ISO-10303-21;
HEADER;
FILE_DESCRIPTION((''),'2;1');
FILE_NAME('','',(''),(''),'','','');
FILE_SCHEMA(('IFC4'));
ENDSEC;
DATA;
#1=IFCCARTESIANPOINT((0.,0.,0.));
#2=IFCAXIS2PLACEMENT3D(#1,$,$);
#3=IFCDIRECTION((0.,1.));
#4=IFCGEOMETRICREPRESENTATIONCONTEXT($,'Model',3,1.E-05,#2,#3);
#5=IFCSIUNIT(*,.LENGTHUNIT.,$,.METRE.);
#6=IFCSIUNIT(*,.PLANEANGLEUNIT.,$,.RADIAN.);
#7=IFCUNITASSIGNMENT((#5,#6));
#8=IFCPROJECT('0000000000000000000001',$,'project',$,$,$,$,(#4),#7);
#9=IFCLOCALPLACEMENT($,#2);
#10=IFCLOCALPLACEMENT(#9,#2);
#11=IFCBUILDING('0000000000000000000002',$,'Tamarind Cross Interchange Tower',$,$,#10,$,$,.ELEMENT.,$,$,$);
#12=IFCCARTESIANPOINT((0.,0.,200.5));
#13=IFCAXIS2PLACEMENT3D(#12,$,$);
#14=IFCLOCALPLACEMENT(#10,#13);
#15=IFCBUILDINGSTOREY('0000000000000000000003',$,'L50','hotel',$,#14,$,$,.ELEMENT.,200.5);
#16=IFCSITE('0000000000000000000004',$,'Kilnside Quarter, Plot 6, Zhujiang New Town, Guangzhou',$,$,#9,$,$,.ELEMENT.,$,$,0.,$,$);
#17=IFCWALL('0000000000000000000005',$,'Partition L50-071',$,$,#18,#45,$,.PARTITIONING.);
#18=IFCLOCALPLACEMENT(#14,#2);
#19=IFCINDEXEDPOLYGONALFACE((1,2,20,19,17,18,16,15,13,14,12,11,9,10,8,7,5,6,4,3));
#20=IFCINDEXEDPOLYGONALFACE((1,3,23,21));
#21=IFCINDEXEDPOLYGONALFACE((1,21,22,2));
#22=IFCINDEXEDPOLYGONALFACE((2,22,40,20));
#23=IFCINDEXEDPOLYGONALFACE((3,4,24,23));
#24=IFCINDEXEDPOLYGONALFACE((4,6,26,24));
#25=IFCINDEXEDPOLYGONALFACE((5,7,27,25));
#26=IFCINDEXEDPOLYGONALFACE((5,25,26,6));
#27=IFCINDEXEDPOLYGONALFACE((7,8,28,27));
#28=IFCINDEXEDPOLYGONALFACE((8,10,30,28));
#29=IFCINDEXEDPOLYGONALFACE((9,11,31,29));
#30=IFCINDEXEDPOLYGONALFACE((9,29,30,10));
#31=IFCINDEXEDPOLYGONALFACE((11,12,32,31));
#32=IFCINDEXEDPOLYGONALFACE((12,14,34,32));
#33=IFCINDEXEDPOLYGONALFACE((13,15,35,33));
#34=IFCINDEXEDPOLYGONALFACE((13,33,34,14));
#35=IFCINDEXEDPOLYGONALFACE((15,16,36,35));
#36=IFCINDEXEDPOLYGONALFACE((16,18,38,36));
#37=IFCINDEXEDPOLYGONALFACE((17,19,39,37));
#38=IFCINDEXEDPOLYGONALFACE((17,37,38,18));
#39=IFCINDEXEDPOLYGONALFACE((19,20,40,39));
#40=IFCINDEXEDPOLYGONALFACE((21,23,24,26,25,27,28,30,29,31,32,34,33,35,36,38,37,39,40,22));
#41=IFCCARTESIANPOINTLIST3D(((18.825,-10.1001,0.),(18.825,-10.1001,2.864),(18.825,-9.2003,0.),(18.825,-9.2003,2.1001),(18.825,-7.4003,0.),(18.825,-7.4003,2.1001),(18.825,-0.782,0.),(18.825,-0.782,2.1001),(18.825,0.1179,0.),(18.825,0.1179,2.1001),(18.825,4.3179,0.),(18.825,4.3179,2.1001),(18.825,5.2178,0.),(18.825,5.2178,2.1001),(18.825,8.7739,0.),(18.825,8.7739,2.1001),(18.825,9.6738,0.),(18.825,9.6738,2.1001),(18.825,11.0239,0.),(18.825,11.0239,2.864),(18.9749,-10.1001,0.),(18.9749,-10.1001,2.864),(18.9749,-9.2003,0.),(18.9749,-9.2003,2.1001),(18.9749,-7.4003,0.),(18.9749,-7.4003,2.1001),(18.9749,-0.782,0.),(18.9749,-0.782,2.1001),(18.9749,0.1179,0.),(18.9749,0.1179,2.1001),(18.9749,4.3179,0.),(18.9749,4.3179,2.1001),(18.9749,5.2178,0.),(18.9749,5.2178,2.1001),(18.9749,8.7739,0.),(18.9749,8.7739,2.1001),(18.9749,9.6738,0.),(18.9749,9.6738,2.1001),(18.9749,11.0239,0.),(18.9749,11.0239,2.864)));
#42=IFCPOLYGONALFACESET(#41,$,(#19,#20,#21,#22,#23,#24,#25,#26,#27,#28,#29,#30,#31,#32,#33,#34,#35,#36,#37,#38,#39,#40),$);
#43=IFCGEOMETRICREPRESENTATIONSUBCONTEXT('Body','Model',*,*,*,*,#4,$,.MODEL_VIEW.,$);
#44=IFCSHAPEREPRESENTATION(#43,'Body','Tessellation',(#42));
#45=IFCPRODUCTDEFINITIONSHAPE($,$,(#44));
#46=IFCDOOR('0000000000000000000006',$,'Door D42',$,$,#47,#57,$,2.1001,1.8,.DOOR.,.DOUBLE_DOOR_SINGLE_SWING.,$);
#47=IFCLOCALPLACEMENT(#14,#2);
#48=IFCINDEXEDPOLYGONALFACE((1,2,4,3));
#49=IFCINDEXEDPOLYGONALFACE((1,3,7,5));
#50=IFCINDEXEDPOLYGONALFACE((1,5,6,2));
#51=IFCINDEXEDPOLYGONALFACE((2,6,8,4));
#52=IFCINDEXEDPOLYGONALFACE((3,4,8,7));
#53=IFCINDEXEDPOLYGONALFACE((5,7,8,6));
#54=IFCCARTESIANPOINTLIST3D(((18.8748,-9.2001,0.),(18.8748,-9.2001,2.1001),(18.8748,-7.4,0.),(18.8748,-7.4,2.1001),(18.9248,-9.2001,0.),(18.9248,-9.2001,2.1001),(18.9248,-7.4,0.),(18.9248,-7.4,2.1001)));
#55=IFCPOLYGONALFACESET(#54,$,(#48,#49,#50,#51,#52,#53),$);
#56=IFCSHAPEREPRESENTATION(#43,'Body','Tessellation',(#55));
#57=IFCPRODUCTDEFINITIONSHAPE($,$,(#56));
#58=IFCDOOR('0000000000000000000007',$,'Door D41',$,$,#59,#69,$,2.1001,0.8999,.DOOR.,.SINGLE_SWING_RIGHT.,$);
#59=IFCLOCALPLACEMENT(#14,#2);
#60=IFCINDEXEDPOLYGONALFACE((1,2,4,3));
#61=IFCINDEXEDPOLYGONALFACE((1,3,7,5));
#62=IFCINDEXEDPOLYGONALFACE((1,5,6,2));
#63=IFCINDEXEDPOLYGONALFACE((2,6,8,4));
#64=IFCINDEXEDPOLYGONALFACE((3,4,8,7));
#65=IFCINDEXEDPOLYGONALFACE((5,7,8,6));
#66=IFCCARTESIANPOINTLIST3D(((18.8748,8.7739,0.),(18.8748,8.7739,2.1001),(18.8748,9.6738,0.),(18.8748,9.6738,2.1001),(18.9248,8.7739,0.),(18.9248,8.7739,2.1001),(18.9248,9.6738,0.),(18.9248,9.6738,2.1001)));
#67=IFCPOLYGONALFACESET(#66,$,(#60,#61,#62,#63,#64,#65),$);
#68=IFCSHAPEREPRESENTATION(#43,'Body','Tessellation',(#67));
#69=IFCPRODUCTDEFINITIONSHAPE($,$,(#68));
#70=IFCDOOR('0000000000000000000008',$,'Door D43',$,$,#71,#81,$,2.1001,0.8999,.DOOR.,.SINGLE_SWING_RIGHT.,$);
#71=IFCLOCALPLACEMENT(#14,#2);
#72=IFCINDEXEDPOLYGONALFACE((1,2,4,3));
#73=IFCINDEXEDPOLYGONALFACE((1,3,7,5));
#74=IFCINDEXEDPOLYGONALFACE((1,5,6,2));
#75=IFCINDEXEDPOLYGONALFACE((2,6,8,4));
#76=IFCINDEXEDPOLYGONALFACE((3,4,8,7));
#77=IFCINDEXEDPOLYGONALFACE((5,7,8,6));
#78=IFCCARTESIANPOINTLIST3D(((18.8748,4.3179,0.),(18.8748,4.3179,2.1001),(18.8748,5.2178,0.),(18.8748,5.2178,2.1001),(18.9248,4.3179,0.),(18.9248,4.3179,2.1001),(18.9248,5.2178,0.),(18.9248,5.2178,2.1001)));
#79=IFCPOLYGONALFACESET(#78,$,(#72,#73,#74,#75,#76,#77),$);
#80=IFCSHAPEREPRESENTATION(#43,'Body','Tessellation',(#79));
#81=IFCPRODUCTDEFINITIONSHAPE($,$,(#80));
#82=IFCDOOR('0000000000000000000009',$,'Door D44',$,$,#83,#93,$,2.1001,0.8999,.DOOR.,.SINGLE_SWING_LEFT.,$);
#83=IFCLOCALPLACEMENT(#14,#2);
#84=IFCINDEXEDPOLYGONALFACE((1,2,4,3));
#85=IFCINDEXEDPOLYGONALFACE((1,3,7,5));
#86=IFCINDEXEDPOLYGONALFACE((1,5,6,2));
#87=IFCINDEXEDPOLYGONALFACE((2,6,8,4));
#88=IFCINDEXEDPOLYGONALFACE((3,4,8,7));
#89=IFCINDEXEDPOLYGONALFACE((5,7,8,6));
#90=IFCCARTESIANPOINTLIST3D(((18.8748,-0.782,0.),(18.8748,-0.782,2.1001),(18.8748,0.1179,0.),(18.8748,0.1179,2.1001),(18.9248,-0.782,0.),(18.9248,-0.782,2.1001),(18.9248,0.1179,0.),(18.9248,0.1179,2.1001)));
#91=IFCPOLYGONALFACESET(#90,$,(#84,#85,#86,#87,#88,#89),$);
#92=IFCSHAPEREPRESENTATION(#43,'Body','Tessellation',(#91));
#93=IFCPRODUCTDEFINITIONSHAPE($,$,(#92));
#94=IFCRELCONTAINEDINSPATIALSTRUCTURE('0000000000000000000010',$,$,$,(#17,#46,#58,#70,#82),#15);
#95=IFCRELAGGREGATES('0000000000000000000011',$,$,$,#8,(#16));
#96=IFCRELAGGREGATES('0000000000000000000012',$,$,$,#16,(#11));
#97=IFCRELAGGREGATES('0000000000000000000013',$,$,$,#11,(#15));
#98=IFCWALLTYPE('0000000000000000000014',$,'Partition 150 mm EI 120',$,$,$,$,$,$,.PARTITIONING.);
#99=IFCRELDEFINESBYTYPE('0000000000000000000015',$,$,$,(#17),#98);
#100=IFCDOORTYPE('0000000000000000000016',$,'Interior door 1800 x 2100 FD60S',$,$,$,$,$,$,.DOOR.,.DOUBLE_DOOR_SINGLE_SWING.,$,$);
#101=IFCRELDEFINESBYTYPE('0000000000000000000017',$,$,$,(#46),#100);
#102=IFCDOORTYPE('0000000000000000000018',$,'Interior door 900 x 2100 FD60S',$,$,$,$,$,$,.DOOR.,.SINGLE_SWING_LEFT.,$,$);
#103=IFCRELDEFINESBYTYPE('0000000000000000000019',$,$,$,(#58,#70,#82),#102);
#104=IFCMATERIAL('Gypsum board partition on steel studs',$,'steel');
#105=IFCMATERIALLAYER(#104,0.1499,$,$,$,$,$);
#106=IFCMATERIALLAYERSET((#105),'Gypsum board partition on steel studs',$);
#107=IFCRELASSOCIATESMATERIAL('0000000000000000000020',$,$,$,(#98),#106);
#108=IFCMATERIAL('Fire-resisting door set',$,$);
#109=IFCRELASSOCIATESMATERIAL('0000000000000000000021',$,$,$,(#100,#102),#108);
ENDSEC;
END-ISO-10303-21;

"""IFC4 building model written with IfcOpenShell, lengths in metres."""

from ifc_helpers import new_model, si_unit, direction, frame, frame_2d, origin, place, context, subcontext, project, spatial, rectangle, extrude, material, layer, layer_set, type_object, element, fill, save


model = new_model("IFC4")

# Units and contexts
model_context = context("Model", 3, precision=1e-05, world=origin(), true_north=direction((0.0, 1.0)))
body_context = subcontext(model_context, "Body", "Model", "MODEL_VIEW")
ifc_project = project(units=[si_unit("LENGTHUNIT", "METRE"), si_unit("PLANEANGLEUNIT", "RADIAN")], contexts=[model_context])

# Site, building, storey
site_placement = place(None, origin())
site = spatial("IfcSite", under=ifc_project, at=site_placement, Name="Kilnside Quarter, Plot 6, Zhujiang New Town, Guangzhou", CompositionType="ELEMENT", RefElevation=0.0)
building_placement = place(site_placement, origin())
building = spatial("IfcBuilding", under=site, at=building_placement, Name="Tamarind Cross Interchange Tower", CompositionType="ELEMENT")
storey_placement = place(building_placement, frame((0.0, 0.0, 200.5)))
storey = spatial("IfcBuildingStorey", under=building, at=storey_placement, Name="L50", Description="hotel", CompositionType="ELEMENT", Elevation=200.5)

# Shared definitions
ifc_material_1 = material(Name="Gypsum board partition on steel studs", Category="steel")
ifc_layer_1 = layer(ifc_material_1, 0.1499)
ifc_layer_set_1 = layer_set([ifc_layer_1], Name="Gypsum board partition on steel studs")
wall_type_1 = type_object("IfcWallType", Name="Partition 150 mm EI 120", PredefinedType="PARTITIONING", material=ifc_layer_set_1)

# Wall, openings, doors
wall_1_placement = place(storey_placement, frame((18.8999, -10.1001, 0.0), z_axis=(0.0, 0.0, 1.0), x_axis=(0.0, 1.0, 0.0)))
wall_1 = element("IfcWall", 1, at=wall_1_placement, inside=storey, type_object=wall_type_1, Name="Partition L50-071", PredefinedType="PARTITIONING", context=body_context, shape_type="SweptSolid", body=[
    extrude(rectangle(XDim=21.124, YDim=0.1499, at=frame_2d((10.562, 0.0))), origin(), (0.0, 0.0, 1.0), 2.864),
])
opening_1_placement = place(wall_1_placement, frame((18.874, 0.0, 0.0)))
opening_1 = element("IfcOpeningElement", 2, at=opening_1_placement, cuts=wall_1, PredefinedType="OPENING", context=body_context, shape_type="SweptSolid", body=[
    extrude(rectangle(XDim=0.8999, YDim=2.1001, at=frame_2d((0.45, 1.05))), frame((0.0, 0.085, 0.0), z_axis=(0.0, -1.0, 0.0), x_axis=(1.0, 0.0, 0.0)), (0.0, 0.0, 1.0), 0.1699),
])
opening_2_placement = place(wall_1_placement, frame((0.8999, 0.0, 0.0)))
opening_2 = element("IfcOpeningElement", 3, at=opening_2_placement, cuts=wall_1, PredefinedType="OPENING", context=body_context, shape_type="SweptSolid", body=[
    extrude(rectangle(XDim=1.8, YDim=2.1001, at=frame_2d((0.8999, 1.05))), frame((0.0, 0.085, 0.0), z_axis=(0.0, -1.0, 0.0), x_axis=(1.0, 0.0, 0.0)), (0.0, 0.0, 1.0), 0.1699),
])
opening_3_placement = place(wall_1_placement, frame((14.418, 0.0, 0.0)))
opening_3 = element("IfcOpeningElement", 4, at=opening_3_placement, cuts=wall_1, PredefinedType="OPENING", context=body_context, shape_type="SweptSolid", body=[
    extrude(rectangle(XDim=0.8999, YDim=2.1001, at=frame_2d((0.45, 1.05))), frame((0.0, 0.085, 0.0), z_axis=(0.0, -1.0, 0.0), x_axis=(1.0, 0.0, 0.0)), (0.0, 0.0, 1.0), 0.1699),
])
opening_4_placement = place(wall_1_placement, frame((9.3181, 0.0, 0.0)))
opening_4 = element("IfcOpeningElement", 5, at=opening_4_placement, cuts=wall_1, PredefinedType="OPENING", context=body_context, shape_type="SweptSolid", body=[
    extrude(rectangle(XDim=0.8999, YDim=2.1001, at=frame_2d((0.45, 1.05))), frame((0.0, 0.085, 0.0), z_axis=(0.0, -1.0, 0.0), x_axis=(1.0, 0.0, 0.0)), (0.0, 0.0, 1.0), 0.1699),
])
ifc_material_2 = material(Name="Fire-resisting door set")
door_type_1 = type_object("IfcDoorType", Name="Interior door 1800 x 2100 FD60S", OperationType="DOUBLE_DOOR_SINGLE_SWING", PredefinedType="DOOR", material=ifc_material_2)
door_1_placement = place(opening_2_placement, frame((1.8, 0.0, 0.0), z_axis=(0.0, 0.0, 1.0), x_axis=(-1.0, 0.0, 0.0)))
door_1 = element("IfcDoor", 6, at=door_1_placement, inside=storey, type_object=door_type_1, Name="Door D42", OperationType="DOUBLE_DOOR_SINGLE_SWING", OverallHeight=2.1001, OverallWidth=1.8, PredefinedType="DOOR", context=body_context, shape_type="SweptSolid", body=[
    extrude(rectangle(XDim=1.8, YDim=2.1001, at=frame_2d((0.8999, 1.05))), frame((0.0, 0.0249, 0.0), z_axis=(0.0, -1.0, 0.0), x_axis=(1.0, 0.0, 0.0)), (0.0, 0.0, 1.0), 0.05),
])
fill(opening_2, door_1)
door_type_2 = type_object("IfcDoorType", Name="Interior door 900 x 2100 FD60S", OperationType="SINGLE_SWING_LEFT", PredefinedType="DOOR", material=ifc_material_2)
door_2_placement = place(opening_1_placement, frame((0.8999, 0.0, 0.0), z_axis=(0.0, 0.0, 1.0), x_axis=(-1.0, 0.0, 0.0)))
door_2 = element("IfcDoor", 7, at=door_2_placement, inside=storey, type_object=door_type_2, Name="Door D41", OperationType="SINGLE_SWING_RIGHT", OverallHeight=2.1001, OverallWidth=0.8999, PredefinedType="DOOR", context=body_context, shape_type="SweptSolid", body=[
    extrude(rectangle(XDim=0.8999, YDim=2.1001, at=frame_2d((0.45, 1.05))), frame((0.0, 0.0249, 0.0), z_axis=(0.0, -1.0, 0.0), x_axis=(1.0, 0.0, 0.0)), (0.0, 0.0, 1.0), 0.05),
])
fill(opening_1, door_2)
door_3_placement = place(opening_3_placement, frame((0.8999, 0.0, 0.0), z_axis=(0.0, 0.0, 1.0), x_axis=(-1.0, 0.0, 0.0)))
door_3 = element("IfcDoor", 8, at=door_3_placement, inside=storey, type_object=door_type_2, Name="Door D43", OperationType="SINGLE_SWING_RIGHT", OverallHeight=2.1001, OverallWidth=0.8999, PredefinedType="DOOR", context=body_context, shape_type="SweptSolid", body=[
    extrude(rectangle(XDim=0.8999, YDim=2.1001, at=frame_2d((0.45, 1.05))), frame((0.0, 0.0249, 0.0), z_axis=(0.0, -1.0, 0.0), x_axis=(1.0, 0.0, 0.0)), (0.0, 0.0, 1.0), 0.05),
])
fill(opening_3, door_3)
door_4_placement = place(opening_4_placement, frame((0.8999, 0.0, 0.0), z_axis=(0.0, 0.0, 1.0), x_axis=(-1.0, 0.0, 0.0)))
door_4 = element("IfcDoor", 9, at=door_4_placement, inside=storey, type_object=door_type_2, Name="Door D44", OperationType="SINGLE_SWING_LEFT", OverallHeight=2.1001, OverallWidth=0.8999, PredefinedType="DOOR", context=body_context, shape_type="SweptSolid", body=[
    extrude(rectangle(XDim=0.8999, YDim=2.1001, at=frame_2d((0.45, 1.05))), frame((0.0, 0.0249, 0.0), z_axis=(0.0, -1.0, 0.0), x_axis=(1.0, 0.0, 0.0)), (0.0, 0.0, 1.0), 0.05),
])
fill(opening_4, door_4)

save(model, "model.ifc")
